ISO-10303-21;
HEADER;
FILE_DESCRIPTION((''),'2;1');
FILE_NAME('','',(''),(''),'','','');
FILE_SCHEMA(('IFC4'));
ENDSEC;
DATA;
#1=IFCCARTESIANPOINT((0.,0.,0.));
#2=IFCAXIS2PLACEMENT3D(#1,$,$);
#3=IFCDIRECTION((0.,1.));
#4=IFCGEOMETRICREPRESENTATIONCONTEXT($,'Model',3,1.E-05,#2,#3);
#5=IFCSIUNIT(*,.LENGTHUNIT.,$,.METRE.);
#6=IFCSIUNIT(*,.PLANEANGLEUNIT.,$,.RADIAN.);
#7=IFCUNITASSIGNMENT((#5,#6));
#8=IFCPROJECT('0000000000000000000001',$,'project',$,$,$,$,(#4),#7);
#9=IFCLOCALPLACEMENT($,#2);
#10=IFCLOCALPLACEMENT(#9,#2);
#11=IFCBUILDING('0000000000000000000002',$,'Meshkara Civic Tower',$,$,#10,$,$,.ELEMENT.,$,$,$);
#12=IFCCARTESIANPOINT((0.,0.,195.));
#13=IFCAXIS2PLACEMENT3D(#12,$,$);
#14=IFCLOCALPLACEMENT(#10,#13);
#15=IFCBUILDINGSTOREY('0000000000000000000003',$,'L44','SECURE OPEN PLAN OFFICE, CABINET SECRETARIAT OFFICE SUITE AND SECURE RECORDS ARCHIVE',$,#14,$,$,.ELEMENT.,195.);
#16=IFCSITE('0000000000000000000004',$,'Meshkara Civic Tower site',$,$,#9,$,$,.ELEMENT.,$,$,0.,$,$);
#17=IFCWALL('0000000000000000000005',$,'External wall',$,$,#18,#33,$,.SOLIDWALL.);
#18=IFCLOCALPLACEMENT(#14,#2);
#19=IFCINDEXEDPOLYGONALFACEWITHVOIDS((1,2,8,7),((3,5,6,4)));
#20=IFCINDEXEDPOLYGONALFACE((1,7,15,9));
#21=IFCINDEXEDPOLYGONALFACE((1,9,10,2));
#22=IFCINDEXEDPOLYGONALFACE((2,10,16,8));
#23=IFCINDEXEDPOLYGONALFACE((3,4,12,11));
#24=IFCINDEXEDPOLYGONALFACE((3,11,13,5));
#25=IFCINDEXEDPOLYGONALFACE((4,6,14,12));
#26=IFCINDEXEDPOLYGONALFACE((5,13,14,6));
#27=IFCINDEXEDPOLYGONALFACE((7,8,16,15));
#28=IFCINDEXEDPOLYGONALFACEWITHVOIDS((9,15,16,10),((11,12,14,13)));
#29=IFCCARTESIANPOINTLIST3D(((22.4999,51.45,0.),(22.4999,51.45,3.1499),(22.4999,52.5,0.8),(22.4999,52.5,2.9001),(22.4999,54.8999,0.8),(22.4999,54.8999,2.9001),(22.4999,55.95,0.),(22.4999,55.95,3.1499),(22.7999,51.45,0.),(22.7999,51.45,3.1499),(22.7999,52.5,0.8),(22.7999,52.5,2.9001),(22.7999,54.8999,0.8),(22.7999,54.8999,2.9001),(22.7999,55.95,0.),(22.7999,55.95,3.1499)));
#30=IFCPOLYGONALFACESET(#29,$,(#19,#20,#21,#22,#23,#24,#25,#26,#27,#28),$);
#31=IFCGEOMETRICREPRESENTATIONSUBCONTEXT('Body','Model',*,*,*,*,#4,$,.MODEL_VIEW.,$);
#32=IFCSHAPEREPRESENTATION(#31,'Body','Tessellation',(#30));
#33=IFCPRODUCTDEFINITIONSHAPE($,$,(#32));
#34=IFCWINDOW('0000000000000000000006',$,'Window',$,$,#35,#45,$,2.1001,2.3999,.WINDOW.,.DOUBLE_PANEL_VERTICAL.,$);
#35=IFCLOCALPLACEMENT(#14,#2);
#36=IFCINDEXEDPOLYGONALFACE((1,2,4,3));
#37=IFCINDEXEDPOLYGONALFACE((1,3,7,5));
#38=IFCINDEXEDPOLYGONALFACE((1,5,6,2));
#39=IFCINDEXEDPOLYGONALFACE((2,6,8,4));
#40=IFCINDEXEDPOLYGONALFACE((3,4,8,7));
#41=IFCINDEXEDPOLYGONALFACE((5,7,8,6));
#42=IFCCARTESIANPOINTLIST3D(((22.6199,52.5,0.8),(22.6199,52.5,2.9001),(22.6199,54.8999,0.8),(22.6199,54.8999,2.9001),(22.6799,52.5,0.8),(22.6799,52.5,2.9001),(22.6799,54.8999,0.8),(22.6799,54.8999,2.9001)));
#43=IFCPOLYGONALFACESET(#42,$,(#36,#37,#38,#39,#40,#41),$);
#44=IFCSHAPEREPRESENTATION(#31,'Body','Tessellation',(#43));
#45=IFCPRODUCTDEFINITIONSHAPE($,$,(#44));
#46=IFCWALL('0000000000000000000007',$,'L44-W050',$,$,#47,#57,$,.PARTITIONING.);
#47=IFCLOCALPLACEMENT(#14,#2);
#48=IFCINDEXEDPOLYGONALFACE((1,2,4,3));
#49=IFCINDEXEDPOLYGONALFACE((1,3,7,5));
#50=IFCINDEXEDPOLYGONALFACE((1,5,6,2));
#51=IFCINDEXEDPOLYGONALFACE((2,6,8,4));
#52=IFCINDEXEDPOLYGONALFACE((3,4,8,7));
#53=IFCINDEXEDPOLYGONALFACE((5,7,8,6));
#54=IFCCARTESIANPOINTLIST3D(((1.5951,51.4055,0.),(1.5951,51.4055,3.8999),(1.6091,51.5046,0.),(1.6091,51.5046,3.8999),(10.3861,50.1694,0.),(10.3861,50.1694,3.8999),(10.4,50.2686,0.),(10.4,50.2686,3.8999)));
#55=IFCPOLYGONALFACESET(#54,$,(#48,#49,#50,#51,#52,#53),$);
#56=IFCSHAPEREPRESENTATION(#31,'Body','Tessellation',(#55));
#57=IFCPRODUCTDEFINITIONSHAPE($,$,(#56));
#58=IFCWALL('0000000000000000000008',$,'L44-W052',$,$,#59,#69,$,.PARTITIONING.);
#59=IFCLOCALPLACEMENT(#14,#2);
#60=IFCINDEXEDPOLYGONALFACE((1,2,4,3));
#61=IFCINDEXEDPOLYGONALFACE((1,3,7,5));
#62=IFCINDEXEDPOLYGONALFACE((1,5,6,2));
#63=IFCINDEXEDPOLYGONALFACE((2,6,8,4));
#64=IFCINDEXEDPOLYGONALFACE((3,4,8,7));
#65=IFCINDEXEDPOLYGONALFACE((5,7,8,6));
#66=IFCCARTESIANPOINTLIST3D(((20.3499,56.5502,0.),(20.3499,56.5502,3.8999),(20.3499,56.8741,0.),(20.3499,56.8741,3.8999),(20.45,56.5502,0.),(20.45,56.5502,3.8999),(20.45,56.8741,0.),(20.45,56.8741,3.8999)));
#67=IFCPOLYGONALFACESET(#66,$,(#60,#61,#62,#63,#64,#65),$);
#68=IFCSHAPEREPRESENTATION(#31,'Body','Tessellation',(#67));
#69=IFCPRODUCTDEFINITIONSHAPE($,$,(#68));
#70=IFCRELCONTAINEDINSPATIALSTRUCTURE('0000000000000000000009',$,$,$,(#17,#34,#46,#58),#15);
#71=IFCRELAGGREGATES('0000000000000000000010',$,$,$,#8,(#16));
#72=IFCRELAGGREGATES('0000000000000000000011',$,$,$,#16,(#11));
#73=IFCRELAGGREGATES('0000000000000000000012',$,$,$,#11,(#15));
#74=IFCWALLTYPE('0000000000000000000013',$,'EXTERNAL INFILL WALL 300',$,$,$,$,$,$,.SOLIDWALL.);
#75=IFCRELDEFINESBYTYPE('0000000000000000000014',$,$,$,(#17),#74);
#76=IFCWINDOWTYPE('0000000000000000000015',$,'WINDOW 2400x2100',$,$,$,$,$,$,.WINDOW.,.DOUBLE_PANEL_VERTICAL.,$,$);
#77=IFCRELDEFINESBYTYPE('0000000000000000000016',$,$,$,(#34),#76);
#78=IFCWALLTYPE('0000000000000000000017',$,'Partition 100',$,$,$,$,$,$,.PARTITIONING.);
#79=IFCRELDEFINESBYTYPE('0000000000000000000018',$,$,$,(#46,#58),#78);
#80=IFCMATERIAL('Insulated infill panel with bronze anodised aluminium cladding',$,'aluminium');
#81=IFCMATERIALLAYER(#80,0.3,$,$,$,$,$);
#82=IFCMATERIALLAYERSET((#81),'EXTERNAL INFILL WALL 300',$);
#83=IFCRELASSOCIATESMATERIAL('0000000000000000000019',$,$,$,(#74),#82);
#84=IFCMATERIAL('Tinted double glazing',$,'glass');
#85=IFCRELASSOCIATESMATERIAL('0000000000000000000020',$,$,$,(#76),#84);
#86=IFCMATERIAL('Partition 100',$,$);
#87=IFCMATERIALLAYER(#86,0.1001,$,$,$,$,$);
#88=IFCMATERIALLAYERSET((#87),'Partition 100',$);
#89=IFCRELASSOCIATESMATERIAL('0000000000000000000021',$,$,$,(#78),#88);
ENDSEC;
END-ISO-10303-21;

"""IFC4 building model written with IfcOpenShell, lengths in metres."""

from ifc_helpers import new_model, si_unit, direction, frame, frame_2d, origin, place, context, subcontext, project, spatial, rectangle, extrude, material, layer, layer_set, type_object, element, fill, save


model = new_model("IFC4")

# Units and contexts
model_context = context("Model", 3, precision=1e-05, world=origin(), true_north=direction((0.0, 1.0)))
body_context = subcontext(model_context, "Body", "Model", "MODEL_VIEW")
ifc_project = project(units=[si_unit("LENGTHUNIT", "METRE"), si_unit("PLANEANGLEUNIT", "RADIAN")], contexts=[model_context])

# Site, building, storey
site_placement = place(None, origin())
site = spatial("IfcSite", under=ifc_project, at=site_placement, Name="Meshkara Civic Tower site", CompositionType="ELEMENT", RefElevation=0.0)
building_placement = place(site_placement, origin())
building = spatial("IfcBuilding", under=site, at=building_placement, Name="Meshkara Civic Tower", CompositionType="ELEMENT")
storey_placement = place(building_placement, frame((0.0, 0.0, 195.0)))
storey = spatial("IfcBuildingStorey", under=building, at=storey_placement, Name="L44", Description="SECURE OPEN PLAN OFFICE, CABINET SECRETARIAT OFFICE SUITE AND SECURE RECORDS ARCHIVE", CompositionType="ELEMENT", Elevation=195.0)

# Wall, opening, window
ifc_material_1 = material(Name="Insulated infill panel with bronze anodised aluminium cladding", Category="aluminium")
ifc_layer_1 = layer(ifc_material_1, 0.3)
ifc_layer_set_1 = layer_set([ifc_layer_1], Name="EXTERNAL INFILL WALL 300")
wall_type_1 = type_object("IfcWallType", Name="EXTERNAL INFILL WALL 300", PredefinedType="SOLIDWALL", material=ifc_layer_set_1)
ifc_material_2 = material(Name="Tinted double glazing", Category="glass")
window_type = type_object("IfcWindowType", Name="WINDOW 2400x2100", PartitioningType="DOUBLE_PANEL_VERTICAL", PredefinedType="WINDOW", material=ifc_material_2)
wall_1_placement = place(storey_placement, frame((22.6499, 51.45, 0.0), z_axis=(0.0, 0.0, 1.0), x_axis=(0.0, 1.0, 0.0)))
wall_1 = element("IfcWall", 1, at=wall_1_placement, inside=storey, type_object=wall_type_1, Name="External wall", PredefinedType="SOLIDWALL", context=body_context, shape_type="SweptSolid", body=[
    extrude(rectangle(XDim=4.5, YDim=0.3, at=frame_2d((2.25, 0.0))), origin(), (0.0, 0.0, 1.0), 3.1499),
])
opening_1_placement = place(wall_1_placement, frame((1.05, 0.0, 0.8)))
opening_1 = element("IfcOpeningElement", 2, at=opening_1_placement, cuts=wall_1, PredefinedType="OPENING", context=body_context, shape_type="SweptSolid", body=[
    extrude(rectangle(XDim=2.3999, YDim=2.1001, at=frame_2d((1.2, 1.05))), frame((0.0, 0.1599, 0.0), z_axis=(0.0, -1.0, 0.0), x_axis=(1.0, 0.0, 0.0)), (0.0, 0.0, 1.0), 0.3201),
])
window_1_placement = place(opening_1_placement, origin())
window_1 = element("IfcWindow", 3, at=window_1_placement, inside=storey, type_object=window_type, Name="Window", OverallHeight=2.1001, OverallWidth=2.3999, PartitioningType="DOUBLE_PANEL_VERTICAL", PredefinedType="WINDOW", context=body_context, shape_type="SweptSolid", body=[
    extrude(rectangle(XDim=2.3999, YDim=2.1001, at=frame_2d((1.2, 1.05))), frame((0.0, 0.03, 0.0), z_axis=(0.0, -1.0, 0.0), x_axis=(1.0, 0.0, 0.0)), (0.0, 0.0, 1.0), 0.0601),
])
fill(opening_1, window_1)

# Walls
ifc_material_3 = material(Name="Partition 100")
ifc_layer_2 = layer(ifc_material_3, 0.1001)
ifc_layer_set_2 = layer_set([ifc_layer_2], Name="Partition 100")
wall_type_2 = type_object("IfcWallType", Name="Partition 100", PredefinedType="PARTITIONING", material=ifc_layer_set_2)
wall_2_placement = place(storey_placement, frame((10.3931, 50.219, 0.0), z_axis=(0.0, 0.0, 1.0), x_axis=(-0.990259, 0.139238, 0.0)))
element("IfcWall", 4, at=wall_2_placement, inside=storey, type_object=wall_type_2, Name="L44-W050", PredefinedType="PARTITIONING", context=body_context, shape_type="SweptSolid", body=[
    extrude(rectangle(XDim=8.8774, YDim=0.1001, at=frame_2d((4.4387, 0.0))), origin(), (0.0, 0.0, 1.0), 3.8999),
])
wall_3_placement = place(storey_placement, frame((20.3999, 56.55, 0.0), z_axis=(0.0, 0.0, 1.0), x_axis=(0.0, 1.0, 0.0)))
element("IfcWall", 5, at=wall_3_placement, inside=storey, type_object=wall_type_2, Name="L44-W052", PredefinedType="PARTITIONING", context=body_context, shape_type="SweptSolid", body=[
    extrude(rectangle(XDim=0.324, YDim=0.1001, at=frame_2d((0.1621, 0.0))), origin(), (0.0, 0.0, 1.0), 3.8999),
])

save(model, "model.ifc")
